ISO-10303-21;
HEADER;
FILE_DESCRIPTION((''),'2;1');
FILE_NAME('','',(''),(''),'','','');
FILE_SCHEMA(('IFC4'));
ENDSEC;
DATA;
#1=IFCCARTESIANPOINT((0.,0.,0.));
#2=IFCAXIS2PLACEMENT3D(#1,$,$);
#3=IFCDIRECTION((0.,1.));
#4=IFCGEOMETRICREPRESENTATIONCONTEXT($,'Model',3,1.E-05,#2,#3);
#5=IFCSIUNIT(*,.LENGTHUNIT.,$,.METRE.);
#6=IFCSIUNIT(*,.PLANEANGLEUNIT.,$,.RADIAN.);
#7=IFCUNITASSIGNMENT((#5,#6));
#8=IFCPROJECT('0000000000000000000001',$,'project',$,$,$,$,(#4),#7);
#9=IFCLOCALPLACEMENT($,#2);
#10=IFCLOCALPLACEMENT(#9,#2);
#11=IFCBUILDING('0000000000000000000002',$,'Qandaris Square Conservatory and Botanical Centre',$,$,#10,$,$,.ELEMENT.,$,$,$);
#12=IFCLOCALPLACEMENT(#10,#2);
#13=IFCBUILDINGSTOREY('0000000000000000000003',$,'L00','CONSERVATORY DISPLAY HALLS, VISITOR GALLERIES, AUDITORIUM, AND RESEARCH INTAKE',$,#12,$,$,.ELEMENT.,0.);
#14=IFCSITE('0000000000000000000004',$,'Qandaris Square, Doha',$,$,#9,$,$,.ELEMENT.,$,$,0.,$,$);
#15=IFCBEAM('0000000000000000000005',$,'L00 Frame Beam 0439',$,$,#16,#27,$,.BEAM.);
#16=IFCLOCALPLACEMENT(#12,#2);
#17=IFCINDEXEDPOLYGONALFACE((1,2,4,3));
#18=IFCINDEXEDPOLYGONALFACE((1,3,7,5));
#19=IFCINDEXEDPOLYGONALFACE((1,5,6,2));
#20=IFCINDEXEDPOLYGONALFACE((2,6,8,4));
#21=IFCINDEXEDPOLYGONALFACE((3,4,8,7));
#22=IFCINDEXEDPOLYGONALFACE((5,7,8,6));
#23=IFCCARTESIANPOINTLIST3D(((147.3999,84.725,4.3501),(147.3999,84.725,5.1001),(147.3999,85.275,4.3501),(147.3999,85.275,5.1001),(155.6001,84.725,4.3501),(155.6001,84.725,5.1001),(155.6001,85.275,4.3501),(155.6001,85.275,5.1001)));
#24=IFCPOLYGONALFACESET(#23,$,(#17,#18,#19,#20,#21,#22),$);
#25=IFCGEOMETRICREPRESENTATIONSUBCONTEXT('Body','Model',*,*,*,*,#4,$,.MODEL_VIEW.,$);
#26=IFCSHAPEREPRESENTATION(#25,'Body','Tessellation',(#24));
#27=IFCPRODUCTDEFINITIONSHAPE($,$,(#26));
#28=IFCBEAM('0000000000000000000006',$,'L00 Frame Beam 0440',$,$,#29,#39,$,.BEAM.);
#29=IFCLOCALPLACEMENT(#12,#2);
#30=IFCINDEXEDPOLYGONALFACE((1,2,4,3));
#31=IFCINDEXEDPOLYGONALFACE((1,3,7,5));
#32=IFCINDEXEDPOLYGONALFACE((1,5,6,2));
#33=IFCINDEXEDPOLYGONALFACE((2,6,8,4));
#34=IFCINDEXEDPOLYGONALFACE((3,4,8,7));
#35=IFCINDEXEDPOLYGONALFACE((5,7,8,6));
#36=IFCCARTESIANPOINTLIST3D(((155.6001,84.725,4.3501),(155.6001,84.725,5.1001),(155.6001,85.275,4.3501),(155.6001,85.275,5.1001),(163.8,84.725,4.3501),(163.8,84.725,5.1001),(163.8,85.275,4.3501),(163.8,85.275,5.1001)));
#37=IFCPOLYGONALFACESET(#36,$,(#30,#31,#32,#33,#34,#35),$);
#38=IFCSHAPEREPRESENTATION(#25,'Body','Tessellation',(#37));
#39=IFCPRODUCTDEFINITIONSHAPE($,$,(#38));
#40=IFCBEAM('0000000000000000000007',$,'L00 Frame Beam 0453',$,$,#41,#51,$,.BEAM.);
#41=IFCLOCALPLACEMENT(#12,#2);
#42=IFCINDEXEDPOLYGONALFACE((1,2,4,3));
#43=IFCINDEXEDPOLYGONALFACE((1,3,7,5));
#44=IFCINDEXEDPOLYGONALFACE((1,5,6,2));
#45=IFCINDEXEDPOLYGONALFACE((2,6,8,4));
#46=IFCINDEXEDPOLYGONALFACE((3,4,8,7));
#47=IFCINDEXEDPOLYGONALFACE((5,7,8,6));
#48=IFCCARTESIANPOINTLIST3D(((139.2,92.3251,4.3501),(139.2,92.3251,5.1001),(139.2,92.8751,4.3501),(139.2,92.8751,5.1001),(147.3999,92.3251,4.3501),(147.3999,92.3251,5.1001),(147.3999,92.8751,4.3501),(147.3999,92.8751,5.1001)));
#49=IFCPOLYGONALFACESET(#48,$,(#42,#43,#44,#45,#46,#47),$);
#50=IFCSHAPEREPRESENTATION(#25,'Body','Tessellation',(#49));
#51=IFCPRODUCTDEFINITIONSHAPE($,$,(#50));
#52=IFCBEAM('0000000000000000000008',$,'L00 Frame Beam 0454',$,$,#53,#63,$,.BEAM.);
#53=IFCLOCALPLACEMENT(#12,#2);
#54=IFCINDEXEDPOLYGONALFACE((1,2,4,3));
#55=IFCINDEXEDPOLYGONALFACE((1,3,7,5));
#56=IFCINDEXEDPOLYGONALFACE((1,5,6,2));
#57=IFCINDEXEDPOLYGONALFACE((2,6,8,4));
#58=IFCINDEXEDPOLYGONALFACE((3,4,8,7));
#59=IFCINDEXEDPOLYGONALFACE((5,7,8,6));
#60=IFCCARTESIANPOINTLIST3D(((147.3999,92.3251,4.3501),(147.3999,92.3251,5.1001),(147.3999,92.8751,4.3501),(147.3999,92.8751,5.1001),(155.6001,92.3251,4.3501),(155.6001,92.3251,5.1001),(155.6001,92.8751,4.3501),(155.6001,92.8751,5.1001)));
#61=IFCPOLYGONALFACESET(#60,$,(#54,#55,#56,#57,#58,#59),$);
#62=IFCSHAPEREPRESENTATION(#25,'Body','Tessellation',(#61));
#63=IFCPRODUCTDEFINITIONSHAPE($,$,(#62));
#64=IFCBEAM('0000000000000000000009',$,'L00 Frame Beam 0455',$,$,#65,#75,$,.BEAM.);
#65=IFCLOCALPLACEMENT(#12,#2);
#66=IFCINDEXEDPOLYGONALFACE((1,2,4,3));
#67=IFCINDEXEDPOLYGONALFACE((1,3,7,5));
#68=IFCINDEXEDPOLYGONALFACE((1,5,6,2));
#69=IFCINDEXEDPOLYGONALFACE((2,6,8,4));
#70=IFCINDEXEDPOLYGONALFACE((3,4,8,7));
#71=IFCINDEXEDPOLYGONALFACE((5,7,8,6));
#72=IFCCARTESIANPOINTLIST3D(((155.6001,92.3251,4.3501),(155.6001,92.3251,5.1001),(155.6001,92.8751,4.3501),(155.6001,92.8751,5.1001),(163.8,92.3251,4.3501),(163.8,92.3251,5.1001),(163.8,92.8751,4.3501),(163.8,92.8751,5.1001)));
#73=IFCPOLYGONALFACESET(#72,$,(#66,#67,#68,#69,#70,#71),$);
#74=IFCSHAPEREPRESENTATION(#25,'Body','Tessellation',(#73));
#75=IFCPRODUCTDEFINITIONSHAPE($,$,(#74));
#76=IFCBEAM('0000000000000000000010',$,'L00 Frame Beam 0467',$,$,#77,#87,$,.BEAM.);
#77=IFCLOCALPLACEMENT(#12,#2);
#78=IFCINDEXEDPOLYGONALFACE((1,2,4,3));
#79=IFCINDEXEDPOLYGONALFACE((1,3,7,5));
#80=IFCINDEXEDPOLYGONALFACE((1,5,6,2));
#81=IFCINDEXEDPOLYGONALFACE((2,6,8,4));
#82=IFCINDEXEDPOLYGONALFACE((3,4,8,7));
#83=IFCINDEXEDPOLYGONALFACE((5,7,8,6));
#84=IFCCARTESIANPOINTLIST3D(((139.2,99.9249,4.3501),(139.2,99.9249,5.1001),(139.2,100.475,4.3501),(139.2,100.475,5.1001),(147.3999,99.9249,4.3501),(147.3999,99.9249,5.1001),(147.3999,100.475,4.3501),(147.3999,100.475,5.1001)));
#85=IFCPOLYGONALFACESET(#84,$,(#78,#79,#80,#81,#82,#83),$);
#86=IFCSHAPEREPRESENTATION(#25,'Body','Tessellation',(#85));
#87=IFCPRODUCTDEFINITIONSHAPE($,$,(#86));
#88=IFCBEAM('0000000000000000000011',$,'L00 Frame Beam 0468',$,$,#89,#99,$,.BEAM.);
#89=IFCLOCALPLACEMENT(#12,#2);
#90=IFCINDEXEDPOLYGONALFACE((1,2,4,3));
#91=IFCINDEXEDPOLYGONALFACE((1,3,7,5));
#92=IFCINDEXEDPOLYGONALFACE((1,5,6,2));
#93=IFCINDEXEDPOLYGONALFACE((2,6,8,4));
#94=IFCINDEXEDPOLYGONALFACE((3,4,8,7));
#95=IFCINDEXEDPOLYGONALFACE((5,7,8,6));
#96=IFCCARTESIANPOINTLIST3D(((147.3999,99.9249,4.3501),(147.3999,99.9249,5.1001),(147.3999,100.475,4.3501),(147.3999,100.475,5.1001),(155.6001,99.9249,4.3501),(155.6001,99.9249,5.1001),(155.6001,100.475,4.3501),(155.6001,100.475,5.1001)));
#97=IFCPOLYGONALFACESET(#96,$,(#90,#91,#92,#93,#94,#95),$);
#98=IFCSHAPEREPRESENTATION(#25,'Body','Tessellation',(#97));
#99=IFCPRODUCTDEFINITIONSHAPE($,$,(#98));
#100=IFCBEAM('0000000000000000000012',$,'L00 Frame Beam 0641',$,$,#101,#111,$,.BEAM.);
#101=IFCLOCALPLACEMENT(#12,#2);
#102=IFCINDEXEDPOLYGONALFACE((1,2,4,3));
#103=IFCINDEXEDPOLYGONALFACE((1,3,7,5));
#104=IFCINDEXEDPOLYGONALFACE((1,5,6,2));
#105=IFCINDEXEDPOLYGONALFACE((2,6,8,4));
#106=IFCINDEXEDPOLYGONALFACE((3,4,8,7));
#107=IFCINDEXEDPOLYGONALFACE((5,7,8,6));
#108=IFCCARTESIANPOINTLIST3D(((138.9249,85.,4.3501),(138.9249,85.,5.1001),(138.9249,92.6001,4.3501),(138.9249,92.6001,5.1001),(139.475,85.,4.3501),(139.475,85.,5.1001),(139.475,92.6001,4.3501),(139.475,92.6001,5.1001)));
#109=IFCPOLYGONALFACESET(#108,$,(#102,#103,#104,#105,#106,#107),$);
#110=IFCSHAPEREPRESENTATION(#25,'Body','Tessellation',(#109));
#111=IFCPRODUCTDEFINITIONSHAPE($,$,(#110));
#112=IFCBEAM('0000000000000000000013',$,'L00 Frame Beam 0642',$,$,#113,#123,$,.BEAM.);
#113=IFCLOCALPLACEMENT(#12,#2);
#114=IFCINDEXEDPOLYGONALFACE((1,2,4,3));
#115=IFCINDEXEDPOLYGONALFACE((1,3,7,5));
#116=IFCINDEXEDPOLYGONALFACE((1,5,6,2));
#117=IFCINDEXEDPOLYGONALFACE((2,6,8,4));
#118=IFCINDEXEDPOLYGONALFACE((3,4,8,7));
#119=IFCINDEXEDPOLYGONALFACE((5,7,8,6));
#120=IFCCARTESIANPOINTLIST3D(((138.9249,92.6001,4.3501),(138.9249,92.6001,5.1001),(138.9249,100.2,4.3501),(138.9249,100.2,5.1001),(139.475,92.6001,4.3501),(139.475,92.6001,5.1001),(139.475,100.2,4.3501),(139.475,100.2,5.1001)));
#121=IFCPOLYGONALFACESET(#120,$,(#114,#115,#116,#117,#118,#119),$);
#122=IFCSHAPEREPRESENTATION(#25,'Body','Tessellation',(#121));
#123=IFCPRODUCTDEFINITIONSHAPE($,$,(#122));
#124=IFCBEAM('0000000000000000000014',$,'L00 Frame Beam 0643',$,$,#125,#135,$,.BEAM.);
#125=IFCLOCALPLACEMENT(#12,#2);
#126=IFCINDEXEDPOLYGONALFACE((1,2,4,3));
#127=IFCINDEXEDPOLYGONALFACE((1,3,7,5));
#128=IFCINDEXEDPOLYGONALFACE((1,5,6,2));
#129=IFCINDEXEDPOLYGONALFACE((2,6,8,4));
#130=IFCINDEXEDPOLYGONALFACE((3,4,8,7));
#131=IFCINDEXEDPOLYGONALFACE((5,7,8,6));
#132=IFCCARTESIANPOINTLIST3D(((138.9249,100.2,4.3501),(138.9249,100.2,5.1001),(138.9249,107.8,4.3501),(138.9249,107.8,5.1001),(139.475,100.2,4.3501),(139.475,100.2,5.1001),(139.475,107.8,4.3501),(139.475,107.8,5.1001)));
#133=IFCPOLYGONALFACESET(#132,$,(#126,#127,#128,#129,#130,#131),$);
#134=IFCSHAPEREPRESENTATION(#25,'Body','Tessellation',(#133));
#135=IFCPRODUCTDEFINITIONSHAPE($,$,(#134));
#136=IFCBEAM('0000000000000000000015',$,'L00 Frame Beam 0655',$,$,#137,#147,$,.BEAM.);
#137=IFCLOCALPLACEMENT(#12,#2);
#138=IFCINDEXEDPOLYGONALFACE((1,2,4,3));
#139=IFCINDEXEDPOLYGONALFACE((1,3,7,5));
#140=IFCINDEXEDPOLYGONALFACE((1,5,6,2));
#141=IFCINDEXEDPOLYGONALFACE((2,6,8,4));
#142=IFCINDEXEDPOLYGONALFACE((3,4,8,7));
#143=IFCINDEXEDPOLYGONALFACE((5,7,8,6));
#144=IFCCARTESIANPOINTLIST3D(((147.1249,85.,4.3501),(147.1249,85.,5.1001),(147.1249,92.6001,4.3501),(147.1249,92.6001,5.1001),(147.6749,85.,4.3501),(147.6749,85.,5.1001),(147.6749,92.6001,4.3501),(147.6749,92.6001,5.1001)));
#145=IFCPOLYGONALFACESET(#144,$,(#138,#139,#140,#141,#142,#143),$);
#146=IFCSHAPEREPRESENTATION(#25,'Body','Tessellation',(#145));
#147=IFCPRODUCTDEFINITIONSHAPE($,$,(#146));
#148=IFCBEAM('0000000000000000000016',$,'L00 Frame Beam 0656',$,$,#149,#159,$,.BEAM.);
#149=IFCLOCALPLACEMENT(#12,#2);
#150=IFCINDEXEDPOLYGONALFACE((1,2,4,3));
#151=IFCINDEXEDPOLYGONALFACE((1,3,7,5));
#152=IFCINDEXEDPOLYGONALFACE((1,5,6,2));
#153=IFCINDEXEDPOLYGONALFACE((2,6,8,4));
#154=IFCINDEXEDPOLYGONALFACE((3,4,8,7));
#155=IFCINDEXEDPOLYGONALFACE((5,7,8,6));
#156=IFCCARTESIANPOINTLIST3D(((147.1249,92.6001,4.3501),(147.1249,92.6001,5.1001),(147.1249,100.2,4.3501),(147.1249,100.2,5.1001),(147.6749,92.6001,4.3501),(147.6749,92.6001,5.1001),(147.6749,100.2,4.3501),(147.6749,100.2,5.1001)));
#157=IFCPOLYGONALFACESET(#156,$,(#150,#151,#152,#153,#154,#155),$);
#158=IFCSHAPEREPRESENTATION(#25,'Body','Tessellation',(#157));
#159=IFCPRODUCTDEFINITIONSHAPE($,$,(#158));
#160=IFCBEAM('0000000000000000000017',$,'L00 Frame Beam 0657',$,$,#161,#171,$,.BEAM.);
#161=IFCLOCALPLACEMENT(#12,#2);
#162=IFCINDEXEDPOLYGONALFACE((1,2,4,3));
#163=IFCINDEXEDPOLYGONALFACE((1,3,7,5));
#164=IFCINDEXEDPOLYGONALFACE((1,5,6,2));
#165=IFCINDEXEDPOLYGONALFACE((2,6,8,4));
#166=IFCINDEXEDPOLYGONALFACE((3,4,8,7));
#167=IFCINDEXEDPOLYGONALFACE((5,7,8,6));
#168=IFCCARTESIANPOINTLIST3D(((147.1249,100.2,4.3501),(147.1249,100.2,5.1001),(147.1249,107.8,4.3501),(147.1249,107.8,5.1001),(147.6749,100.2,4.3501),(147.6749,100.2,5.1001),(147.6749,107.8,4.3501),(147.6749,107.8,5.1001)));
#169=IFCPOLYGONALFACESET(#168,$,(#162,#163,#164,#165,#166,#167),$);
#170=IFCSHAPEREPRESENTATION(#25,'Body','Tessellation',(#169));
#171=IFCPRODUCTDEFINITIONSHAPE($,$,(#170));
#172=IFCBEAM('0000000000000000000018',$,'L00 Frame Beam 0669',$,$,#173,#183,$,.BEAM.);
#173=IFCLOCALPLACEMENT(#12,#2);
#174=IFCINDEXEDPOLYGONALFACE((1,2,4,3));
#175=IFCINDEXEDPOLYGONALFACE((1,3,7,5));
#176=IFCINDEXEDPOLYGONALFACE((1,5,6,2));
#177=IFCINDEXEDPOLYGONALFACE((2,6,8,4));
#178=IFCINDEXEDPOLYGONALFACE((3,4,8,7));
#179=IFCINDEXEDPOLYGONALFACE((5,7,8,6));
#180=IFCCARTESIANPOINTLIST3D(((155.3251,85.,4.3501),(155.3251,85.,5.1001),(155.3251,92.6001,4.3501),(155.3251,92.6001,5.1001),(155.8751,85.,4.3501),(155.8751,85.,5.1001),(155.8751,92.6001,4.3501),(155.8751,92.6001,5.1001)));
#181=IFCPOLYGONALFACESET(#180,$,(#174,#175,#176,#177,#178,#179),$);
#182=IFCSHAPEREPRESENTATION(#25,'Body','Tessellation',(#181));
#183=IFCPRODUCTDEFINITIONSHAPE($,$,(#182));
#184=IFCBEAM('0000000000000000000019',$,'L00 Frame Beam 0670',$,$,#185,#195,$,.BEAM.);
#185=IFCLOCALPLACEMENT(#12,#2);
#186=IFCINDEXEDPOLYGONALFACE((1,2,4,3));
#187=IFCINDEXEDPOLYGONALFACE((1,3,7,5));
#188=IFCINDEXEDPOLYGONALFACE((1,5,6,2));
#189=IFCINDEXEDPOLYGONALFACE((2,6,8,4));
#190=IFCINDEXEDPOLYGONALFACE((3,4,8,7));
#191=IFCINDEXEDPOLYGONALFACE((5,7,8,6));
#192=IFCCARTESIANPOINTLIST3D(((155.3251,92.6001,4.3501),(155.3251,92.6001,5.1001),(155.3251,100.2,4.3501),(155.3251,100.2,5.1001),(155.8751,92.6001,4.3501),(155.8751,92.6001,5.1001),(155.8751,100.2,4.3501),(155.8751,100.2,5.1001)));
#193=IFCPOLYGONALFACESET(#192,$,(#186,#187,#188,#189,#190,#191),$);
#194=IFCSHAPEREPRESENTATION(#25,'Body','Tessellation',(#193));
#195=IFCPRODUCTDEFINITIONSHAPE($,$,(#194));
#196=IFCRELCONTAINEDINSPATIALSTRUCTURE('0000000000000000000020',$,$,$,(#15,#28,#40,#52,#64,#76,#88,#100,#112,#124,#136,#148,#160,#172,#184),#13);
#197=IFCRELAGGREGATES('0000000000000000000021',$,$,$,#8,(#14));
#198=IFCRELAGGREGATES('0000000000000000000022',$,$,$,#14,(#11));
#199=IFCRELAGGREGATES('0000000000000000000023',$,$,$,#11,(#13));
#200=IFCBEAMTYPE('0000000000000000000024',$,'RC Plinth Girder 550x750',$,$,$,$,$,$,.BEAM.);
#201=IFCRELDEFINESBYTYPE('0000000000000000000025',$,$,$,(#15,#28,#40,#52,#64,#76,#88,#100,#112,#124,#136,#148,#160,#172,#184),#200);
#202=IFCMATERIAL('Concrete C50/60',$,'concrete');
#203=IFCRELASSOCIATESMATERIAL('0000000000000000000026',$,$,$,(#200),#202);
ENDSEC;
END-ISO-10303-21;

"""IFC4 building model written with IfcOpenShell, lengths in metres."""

from ifc_helpers import new_model, si_unit, direction, frame, origin, origin_2d, place, context, subcontext, project, spatial, rectangle, extrude, material, material_profile, profile_set, type_object, element, save


model = new_model("IFC4")

# Units and contexts
model_context = context("Model", 3, precision=1e-05, world=origin(), true_north=direction((0.0, 1.0)))
body_context = subcontext(model_context, "Body", "Model", "MODEL_VIEW")
ifc_project = project(units=[si_unit("LENGTHUNIT", "METRE"), si_unit("PLANEANGLEUNIT", "RADIAN")], contexts=[model_context])

# Site, building, storey
site_placement = place(None, origin())
site = spatial("IfcSite", under=ifc_project, at=site_placement, Name="Qandaris Square, Doha", CompositionType="ELEMENT", RefElevation=0.0)
building_placement = place(site_placement, origin())
building = spatial("IfcBuilding", under=site, at=building_placement, Name="Qandaris Square Conservatory and Botanical Centre", CompositionType="ELEMENT")
storey_placement = place(building_placement, origin())
storey = spatial("IfcBuildingStorey", under=building, at=storey_placement, Name="L00", Description="CONSERVATORY DISPLAY HALLS, VISITOR GALLERIES, AUDITORIUM, AND RESEARCH INTAKE", CompositionType="ELEMENT", Elevation=0.0)

# Shared definitions
ifc_material_1 = material(Name="Concrete C50/60", Category="concrete")

# Beams
ifc_material_profile_1 = material_profile(ifc_material_1, rectangle(XDim=0.55, YDim=0.75, at=origin_2d()), Name="RC-BM 550x750")
ifc_profile_set_1 = profile_set([ifc_material_profile_1], Name="Concrete C50/60")
beam_type_1 = type_object("IfcBeamType", Name="RC Plinth Girder 550x750", PredefinedType="BEAM", material=ifc_profile_set_1)
beam_1_placement = place(storey_placement, frame((147.3999, 85.0, 4.7251), z_axis=(1.0, 0.0, 0.0), x_axis=(0.0, 1.0, 0.0)))
element("IfcBeam", 1, at=beam_1_placement, inside=storey, type_object=beam_type_1, Name="L00 Frame Beam 0439", PredefinedType="BEAM", context=body_context, shape_type="SweptSolid", body=[
    extrude(rectangle(XDim=0.55, YDim=0.75, at=origin_2d()), origin(), (0.0, 0.0, 1.0), 8.2002),
])
for number, where, z_axis, x_axis, name in (
    (2, (155.6001, 85.0, 4.7251), (1.0, 0.0, 0.0), (0.0, 1.0, 0.0), "L00 Frame Beam 0440"),
    (3, (139.2, 92.6001, 4.7251), (1.0, 0.0, 0.0), (0.0, 1.0, 0.0), "L00 Frame Beam 0453"),
):
    element("IfcBeam", number, at=place(storey_placement, frame(where, z_axis=z_axis, x_axis=x_axis)), inside=storey, type_object=beam_type_1, Name=name, PredefinedType="BEAM", context=body_context, shape_type="SweptSolid", body=[
        extrude(rectangle(XDim=0.55, YDim=0.75, at=origin_2d()), origin(), (0.0, 0.0, 1.0), 8.2),
    ])
beam_2_placement = place(storey_placement, frame((147.3999, 92.6001, 4.7251), z_axis=(1.0, 0.0, 0.0), x_axis=(0.0, 1.0, 0.0)))
element("IfcBeam", 4, at=beam_2_placement, inside=storey, type_object=beam_type_1, Name="L00 Frame Beam 0454", PredefinedType="BEAM", context=body_context, shape_type="SweptSolid", body=[
    extrude(rectangle(XDim=0.55, YDim=0.75, at=origin_2d()), origin(), (0.0, 0.0, 1.0), 8.2002),
])
for number, where, z_axis, x_axis, name in (
    (5, (155.6001, 92.6001, 4.7251), (1.0, 0.0, 0.0), (0.0, 1.0, 0.0), "L00 Frame Beam 0455"),
    (6, (139.2, 100.2, 4.7251), (1.0, 0.0, 0.0), (0.0, 1.0, 0.0), "L00 Frame Beam 0467"),
):
    element("IfcBeam", number, at=place(storey_placement, frame(where, z_axis=z_axis, x_axis=x_axis)), inside=storey, type_object=beam_type_1, Name=name, PredefinedType="BEAM", context=body_context, shape_type="SweptSolid", body=[
        extrude(rectangle(XDim=0.55, YDim=0.75, at=origin_2d()), origin(), (0.0, 0.0, 1.0), 8.2),
    ])
beam_3_placement = place(storey_placement, frame((147.3999, 100.2, 4.7251), z_axis=(1.0, 0.0, 0.0), x_axis=(0.0, 1.0, 0.0)))
element("IfcBeam", 7, at=beam_3_placement, inside=storey, type_object=beam_type_1, Name="L00 Frame Beam 0468", PredefinedType="BEAM", context=body_context, shape_type="SweptSolid", body=[
    extrude(rectangle(XDim=0.55, YDim=0.75, at=origin_2d()), origin(), (0.0, 0.0, 1.0), 8.2002),
])
beam_4_placement = place(storey_placement, frame((139.2, 85.0, 4.7251), z_axis=(0.0, 1.0, 0.0), x_axis=(-1.0, 0.0, 0.0)))
element("IfcBeam", 8, at=beam_4_placement, inside=storey, type_object=beam_type_1, Name="L00 Frame Beam 0641", PredefinedType="BEAM", context=body_context, shape_type="SweptSolid", body=[
    extrude(rectangle(XDim=0.55, YDim=0.75, at=origin_2d()), origin(), (0.0, 0.0, 1.0), 7.6001),
])
beam_5_placement = place(storey_placement, frame((139.2, 92.6001, 4.7251), z_axis=(0.0, 1.0, 0.0), x_axis=(-1.0, 0.0, 0.0)))
element("IfcBeam", 9, at=beam_5_placement, inside=storey, type_object=beam_type_1, Name="L00 Frame Beam 0642", PredefinedType="BEAM", context=body_context, shape_type="SweptSolid", body=[
    extrude(rectangle(XDim=0.55, YDim=0.75, at=origin_2d()), origin(), (0.0, 0.0, 1.0), 7.5999),
])
for number, where, z_axis, x_axis, name in (
    (10, (139.2, 100.2, 4.7251), (0.0, 1.0, 0.0), (-1.0, 0.0, 0.0), "L00 Frame Beam 0643"),
    (11, (147.3999, 85.0, 4.7251), (0.0, 1.0, 0.0), (-1.0, 0.0, 0.0), "L00 Frame Beam 0655"),
):
    element("IfcBeam", number, at=place(storey_placement, frame(where, z_axis=z_axis, x_axis=x_axis)), inside=storey, type_object=beam_type_1, Name=name, PredefinedType="BEAM", context=body_context, shape_type="SweptSolid", body=[
        extrude(rectangle(XDim=0.55, YDim=0.75, at=origin_2d()), origin(), (0.0, 0.0, 1.0), 7.6001),
    ])
beam_6_placement = place(storey_placement, frame((147.3999, 92.6001, 4.7251), z_axis=(0.0, 1.0, 0.0), x_axis=(-1.0, 0.0, 0.0)))
element("IfcBeam", 12, at=beam_6_placement, inside=storey, type_object=beam_type_1, Name="L00 Frame Beam 0656", PredefinedType="BEAM", context=body_context, shape_type="SweptSolid", body=[
    extrude(rectangle(XDim=0.55, YDim=0.75, at=origin_2d()), origin(), (0.0, 0.0, 1.0), 7.5999),
])
for number, where, z_axis, x_axis, name in (
    (13, (147.3999, 100.2, 4.7251), (0.0, 1.0, 0.0), (-1.0, 0.0, 0.0), "L00 Frame Beam 0657"),
    (14, (155.6001, 85.0, 4.7251), (0.0, 1.0, 0.0), (-1.0, 0.0, 0.0), "L00 Frame Beam 0669"),
):
    element("IfcBeam", number, at=place(storey_placement, frame(where, z_axis=z_axis, x_axis=x_axis)), inside=storey, type_object=beam_type_1, Name=name, PredefinedType="BEAM", context=body_context, shape_type="SweptSolid", body=[
        extrude(rectangle(XDim=0.55, YDim=0.75, at=origin_2d()), origin(), (0.0, 0.0, 1.0), 7.6001),
    ])
beam_7_placement = place(storey_placement, frame((155.6001, 92.6001, 4.7251), z_axis=(0.0, 1.0, 0.0), x_axis=(-1.0, 0.0, 0.0)))
element("IfcBeam", 15, at=beam_7_placement, inside=storey, type_object=beam_type_1, Name="L00 Frame Beam 0670", PredefinedType="BEAM", context=body_context, shape_type="SweptSolid", body=[
    extrude(rectangle(XDim=0.55, YDim=0.75, at=origin_2d()), origin(), (0.0, 0.0, 1.0), 7.5999),
])

save(model, "model.ifc")
